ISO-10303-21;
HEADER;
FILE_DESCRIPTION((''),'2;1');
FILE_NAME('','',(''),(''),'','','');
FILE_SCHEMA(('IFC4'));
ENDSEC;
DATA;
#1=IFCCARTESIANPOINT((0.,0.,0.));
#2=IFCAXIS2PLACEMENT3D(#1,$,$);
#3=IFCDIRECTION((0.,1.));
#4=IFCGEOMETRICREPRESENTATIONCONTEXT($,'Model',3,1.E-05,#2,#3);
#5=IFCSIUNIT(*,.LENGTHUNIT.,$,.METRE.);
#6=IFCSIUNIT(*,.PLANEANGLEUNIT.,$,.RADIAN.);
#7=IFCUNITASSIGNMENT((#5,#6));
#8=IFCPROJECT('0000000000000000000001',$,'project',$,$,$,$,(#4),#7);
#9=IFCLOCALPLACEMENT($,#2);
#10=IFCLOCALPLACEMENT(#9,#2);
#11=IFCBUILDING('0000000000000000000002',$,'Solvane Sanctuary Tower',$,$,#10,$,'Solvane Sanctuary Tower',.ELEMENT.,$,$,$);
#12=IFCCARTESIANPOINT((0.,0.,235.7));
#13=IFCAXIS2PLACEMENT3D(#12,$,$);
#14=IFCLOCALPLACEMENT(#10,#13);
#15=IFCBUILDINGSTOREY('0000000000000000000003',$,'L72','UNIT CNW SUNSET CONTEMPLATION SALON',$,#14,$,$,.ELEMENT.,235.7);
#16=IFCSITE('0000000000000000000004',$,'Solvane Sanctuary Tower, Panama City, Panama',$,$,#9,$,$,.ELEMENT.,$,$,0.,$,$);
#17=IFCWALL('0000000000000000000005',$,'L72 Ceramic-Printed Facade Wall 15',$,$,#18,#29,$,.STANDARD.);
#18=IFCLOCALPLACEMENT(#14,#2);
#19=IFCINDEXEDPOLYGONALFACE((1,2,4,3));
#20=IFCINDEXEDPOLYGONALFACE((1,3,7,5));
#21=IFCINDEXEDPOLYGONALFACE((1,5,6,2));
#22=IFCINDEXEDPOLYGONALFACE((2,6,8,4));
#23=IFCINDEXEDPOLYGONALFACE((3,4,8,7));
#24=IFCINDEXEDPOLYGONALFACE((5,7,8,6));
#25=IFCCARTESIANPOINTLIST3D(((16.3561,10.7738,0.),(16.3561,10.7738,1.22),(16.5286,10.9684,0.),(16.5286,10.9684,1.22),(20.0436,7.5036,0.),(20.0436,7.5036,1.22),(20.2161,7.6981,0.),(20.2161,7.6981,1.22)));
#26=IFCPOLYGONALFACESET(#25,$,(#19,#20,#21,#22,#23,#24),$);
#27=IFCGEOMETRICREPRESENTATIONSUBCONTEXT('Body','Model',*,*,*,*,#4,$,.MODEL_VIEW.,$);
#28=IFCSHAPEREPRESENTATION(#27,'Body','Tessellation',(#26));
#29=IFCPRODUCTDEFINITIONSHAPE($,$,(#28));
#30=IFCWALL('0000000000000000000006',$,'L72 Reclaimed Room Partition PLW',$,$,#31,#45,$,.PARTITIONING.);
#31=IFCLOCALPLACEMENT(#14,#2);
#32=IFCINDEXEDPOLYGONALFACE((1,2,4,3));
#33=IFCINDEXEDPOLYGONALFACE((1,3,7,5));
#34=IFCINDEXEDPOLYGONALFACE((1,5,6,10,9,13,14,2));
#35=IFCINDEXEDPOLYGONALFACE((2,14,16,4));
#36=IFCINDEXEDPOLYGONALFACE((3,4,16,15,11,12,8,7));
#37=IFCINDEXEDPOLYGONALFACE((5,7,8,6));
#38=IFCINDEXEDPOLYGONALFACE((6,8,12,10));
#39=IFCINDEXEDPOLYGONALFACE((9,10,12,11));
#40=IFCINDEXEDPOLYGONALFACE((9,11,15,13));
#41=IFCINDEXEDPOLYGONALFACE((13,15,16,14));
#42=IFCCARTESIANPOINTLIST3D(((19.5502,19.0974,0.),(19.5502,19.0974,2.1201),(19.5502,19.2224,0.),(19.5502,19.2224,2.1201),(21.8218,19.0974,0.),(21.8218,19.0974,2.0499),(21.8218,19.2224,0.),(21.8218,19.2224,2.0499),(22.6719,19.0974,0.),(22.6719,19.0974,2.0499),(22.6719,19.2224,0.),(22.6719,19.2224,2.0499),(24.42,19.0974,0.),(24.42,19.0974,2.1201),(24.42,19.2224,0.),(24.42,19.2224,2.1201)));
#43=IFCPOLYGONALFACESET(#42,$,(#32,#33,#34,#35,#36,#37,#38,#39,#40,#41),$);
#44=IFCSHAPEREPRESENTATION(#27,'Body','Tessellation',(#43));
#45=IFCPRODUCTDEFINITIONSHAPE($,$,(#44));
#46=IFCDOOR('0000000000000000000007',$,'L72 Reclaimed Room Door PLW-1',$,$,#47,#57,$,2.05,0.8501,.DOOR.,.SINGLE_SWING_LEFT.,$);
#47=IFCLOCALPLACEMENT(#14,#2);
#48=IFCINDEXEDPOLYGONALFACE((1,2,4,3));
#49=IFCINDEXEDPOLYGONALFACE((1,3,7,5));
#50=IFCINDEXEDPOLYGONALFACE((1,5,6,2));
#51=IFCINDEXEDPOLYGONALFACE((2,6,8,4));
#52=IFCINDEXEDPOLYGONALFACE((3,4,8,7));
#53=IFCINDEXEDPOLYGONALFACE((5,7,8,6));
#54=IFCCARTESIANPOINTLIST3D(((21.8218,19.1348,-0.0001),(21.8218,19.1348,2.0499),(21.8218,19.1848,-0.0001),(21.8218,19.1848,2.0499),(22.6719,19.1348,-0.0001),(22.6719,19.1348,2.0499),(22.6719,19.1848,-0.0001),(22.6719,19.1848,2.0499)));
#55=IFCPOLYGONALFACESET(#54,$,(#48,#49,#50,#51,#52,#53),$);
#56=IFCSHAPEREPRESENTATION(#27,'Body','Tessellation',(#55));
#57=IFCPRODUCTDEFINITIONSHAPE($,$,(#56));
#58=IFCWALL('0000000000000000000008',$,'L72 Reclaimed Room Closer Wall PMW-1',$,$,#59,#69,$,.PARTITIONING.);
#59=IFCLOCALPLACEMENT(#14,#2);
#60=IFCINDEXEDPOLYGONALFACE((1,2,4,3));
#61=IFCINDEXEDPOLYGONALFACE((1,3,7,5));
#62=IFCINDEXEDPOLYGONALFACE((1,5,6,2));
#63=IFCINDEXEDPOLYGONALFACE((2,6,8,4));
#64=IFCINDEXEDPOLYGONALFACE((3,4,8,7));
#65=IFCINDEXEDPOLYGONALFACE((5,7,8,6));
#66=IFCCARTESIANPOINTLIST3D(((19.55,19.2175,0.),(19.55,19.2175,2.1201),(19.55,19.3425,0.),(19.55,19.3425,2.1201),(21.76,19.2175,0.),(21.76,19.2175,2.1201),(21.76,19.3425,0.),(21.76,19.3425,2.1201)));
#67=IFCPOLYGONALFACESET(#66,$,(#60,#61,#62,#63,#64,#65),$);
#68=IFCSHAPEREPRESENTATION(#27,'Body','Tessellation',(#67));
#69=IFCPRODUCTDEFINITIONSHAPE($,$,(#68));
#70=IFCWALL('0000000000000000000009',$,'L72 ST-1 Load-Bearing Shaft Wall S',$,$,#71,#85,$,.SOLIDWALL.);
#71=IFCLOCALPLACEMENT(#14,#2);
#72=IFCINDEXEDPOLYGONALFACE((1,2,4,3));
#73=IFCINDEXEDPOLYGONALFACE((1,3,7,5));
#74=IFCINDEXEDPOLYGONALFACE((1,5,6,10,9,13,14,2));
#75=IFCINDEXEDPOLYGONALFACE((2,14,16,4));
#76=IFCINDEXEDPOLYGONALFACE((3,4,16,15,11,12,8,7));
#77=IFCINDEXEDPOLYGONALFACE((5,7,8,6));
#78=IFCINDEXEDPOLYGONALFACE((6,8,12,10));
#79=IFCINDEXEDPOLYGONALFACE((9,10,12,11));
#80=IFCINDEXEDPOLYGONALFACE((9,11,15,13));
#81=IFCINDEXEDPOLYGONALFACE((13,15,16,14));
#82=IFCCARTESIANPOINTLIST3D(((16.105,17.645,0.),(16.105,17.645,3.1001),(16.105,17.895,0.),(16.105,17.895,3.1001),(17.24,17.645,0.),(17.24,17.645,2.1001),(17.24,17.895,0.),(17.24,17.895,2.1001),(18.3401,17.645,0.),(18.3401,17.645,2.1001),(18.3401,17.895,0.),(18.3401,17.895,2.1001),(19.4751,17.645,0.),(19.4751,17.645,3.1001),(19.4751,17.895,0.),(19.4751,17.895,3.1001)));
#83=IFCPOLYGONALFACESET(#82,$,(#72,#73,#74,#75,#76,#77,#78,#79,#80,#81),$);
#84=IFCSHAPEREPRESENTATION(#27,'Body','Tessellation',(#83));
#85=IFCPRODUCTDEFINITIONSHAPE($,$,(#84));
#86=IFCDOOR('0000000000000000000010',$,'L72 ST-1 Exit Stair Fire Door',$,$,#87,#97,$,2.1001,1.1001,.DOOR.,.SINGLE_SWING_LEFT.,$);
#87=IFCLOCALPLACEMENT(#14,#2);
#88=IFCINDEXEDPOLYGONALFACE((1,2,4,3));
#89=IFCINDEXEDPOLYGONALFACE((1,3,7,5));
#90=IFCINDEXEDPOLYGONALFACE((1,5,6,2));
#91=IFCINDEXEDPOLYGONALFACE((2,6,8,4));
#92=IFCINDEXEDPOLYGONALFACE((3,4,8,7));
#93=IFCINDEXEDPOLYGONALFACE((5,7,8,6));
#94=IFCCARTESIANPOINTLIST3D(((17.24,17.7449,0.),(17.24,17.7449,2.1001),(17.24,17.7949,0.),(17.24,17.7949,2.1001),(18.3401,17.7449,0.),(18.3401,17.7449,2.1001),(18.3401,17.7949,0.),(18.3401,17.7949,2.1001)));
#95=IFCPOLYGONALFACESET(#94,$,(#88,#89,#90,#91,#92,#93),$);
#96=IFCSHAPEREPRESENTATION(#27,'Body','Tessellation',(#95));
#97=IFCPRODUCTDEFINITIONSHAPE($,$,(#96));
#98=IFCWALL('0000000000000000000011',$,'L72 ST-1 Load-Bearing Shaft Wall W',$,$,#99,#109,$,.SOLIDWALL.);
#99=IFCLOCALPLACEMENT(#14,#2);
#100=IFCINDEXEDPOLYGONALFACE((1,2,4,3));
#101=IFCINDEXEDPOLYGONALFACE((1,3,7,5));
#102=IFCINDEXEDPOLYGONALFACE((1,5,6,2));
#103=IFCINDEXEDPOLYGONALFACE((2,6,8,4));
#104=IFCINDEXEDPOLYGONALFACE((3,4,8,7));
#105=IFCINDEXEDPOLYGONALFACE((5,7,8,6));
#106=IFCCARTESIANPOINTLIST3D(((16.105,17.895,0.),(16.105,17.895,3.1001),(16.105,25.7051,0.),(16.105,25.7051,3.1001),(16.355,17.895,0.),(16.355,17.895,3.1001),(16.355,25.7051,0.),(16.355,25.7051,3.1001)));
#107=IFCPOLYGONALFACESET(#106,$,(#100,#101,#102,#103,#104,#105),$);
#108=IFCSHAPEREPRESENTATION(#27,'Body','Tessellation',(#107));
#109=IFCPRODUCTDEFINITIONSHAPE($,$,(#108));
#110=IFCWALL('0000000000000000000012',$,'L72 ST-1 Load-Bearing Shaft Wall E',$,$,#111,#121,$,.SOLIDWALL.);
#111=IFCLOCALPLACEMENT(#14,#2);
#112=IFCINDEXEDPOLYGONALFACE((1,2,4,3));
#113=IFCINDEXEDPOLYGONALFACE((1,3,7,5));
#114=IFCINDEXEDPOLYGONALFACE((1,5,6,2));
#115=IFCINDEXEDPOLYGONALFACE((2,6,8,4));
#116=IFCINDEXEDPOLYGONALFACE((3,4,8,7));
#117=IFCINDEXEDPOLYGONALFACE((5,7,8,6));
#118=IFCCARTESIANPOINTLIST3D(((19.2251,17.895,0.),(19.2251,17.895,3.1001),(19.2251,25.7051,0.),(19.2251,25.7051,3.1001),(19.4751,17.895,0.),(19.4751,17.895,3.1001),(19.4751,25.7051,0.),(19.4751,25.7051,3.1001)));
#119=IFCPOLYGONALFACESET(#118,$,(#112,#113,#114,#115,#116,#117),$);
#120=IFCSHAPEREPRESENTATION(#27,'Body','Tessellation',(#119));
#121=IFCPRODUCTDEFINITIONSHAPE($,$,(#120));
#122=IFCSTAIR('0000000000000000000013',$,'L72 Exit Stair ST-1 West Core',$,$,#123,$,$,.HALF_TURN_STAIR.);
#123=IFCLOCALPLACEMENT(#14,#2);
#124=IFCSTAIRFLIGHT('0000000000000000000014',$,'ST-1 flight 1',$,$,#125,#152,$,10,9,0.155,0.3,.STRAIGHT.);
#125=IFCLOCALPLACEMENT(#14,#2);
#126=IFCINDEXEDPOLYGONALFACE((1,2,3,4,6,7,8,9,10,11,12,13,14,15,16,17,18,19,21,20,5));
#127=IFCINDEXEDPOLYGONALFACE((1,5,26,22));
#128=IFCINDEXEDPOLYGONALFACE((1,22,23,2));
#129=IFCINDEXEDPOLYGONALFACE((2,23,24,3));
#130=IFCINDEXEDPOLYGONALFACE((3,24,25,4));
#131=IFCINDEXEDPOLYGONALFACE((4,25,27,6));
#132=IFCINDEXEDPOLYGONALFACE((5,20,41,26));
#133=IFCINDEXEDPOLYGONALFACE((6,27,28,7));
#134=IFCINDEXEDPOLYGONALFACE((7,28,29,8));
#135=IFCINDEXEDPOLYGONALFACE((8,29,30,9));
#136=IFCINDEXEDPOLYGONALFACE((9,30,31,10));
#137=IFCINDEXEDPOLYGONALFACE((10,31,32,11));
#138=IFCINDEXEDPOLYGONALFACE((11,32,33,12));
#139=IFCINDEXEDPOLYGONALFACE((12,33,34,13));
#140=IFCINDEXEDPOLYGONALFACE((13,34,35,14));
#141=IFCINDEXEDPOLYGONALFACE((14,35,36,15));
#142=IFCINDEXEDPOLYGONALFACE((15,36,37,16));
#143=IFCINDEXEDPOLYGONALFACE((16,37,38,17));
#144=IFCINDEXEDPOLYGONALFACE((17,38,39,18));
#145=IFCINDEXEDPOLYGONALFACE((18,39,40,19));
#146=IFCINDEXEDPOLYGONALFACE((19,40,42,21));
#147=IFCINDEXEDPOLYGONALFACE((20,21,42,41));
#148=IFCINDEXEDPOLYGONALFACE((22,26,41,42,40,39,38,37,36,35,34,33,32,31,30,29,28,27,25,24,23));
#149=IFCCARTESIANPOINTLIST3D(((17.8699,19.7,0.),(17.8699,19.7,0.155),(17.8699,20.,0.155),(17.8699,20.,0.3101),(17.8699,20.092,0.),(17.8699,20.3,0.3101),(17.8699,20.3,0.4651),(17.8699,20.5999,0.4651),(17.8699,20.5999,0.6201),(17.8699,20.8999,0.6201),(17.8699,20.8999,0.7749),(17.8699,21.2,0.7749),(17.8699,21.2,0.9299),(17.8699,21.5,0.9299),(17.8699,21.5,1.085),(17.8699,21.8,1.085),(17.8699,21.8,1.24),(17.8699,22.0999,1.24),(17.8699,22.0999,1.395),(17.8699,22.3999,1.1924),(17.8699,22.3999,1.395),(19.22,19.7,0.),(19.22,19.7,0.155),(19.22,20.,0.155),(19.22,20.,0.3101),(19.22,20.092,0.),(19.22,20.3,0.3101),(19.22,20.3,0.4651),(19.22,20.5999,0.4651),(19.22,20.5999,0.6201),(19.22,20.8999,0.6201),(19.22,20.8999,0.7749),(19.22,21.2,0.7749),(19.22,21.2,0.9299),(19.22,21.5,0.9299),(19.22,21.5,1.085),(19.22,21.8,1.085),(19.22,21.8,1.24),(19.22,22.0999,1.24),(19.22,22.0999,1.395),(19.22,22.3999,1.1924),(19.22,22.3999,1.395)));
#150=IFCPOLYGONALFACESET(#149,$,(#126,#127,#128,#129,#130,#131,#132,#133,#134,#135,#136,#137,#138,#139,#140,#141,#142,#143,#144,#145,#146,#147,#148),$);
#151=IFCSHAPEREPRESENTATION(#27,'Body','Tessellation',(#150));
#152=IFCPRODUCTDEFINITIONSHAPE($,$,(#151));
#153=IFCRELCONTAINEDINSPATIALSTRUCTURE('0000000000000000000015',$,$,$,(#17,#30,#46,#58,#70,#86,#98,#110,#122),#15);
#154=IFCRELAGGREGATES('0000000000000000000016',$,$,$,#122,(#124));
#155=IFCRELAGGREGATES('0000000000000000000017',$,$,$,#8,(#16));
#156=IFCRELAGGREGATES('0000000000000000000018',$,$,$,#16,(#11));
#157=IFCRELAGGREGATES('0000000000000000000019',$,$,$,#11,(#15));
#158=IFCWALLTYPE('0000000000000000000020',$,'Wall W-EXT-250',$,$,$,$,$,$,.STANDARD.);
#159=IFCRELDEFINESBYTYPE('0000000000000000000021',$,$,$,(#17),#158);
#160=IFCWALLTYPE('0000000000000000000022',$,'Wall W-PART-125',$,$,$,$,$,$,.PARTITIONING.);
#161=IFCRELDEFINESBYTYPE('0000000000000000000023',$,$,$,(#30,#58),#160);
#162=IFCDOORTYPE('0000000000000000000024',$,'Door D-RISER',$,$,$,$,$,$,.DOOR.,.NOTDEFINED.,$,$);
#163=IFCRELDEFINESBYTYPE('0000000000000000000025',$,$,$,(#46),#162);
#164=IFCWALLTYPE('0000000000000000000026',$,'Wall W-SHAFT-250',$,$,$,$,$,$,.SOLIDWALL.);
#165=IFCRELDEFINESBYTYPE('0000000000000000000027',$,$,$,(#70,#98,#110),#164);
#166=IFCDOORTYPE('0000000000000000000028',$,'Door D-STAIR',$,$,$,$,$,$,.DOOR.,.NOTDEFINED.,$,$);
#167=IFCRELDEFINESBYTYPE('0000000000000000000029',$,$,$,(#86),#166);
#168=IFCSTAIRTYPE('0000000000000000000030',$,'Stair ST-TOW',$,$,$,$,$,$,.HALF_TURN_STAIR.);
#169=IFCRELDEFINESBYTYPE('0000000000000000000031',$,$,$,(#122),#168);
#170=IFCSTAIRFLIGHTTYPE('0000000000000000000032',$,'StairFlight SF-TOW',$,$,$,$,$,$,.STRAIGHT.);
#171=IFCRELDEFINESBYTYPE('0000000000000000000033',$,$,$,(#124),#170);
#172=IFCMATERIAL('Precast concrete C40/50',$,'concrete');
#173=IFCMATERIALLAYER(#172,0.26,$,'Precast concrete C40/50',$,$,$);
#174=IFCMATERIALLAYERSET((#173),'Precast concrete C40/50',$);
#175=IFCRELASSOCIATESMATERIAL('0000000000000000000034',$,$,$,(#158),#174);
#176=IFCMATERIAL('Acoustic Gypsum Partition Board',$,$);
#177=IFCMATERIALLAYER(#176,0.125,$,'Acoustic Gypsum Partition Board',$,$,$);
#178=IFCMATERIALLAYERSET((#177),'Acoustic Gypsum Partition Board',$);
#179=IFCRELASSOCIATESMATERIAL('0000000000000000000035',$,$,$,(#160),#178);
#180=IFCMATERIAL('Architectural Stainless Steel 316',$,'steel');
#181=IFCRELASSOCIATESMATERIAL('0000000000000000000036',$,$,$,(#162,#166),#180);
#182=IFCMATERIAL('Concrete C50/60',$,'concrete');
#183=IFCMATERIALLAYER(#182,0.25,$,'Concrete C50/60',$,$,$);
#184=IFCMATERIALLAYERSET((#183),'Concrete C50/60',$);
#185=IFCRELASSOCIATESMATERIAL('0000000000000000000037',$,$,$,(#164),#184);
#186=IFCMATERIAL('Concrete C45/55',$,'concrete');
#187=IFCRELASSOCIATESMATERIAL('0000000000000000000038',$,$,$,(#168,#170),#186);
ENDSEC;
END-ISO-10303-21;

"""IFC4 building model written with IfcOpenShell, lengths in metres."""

from ifc_helpers import new_model, si_unit, direction, frame, frame_2d, origin, place, context, subcontext, project, spatial, polyline, rectangle, outline, extrude, material, layer, layer_set, type_object, element, fill, aggregate, save


model = new_model("IFC4")

# Units and contexts
model_context = context("Model", 3, precision=1e-05, world=origin(), true_north=direction((0.0, 1.0)))
body_context = subcontext(model_context, "Body", "Model", "MODEL_VIEW")
ifc_project = project(units=[si_unit("LENGTHUNIT", "METRE"), si_unit("PLANEANGLEUNIT", "RADIAN")], contexts=[model_context])

# Site, building, storey
site_placement = place(None, origin())
site = spatial("IfcSite", under=ifc_project, at=site_placement, Name="Solvane Sanctuary Tower, Panama City, Panama", CompositionType="ELEMENT", RefElevation=0.0)
building_placement = place(site_placement, origin())
building = spatial("IfcBuilding", under=site, at=building_placement, Name="Solvane Sanctuary Tower", LongName="Solvane Sanctuary Tower", CompositionType="ELEMENT")
storey_placement = place(building_placement, frame((0.0, 0.0, 235.7)))
storey = spatial("IfcBuildingStorey", under=building, at=storey_placement, Name="L72", Description="UNIT CNW SUNSET CONTEMPLATION SALON", CompositionType="ELEMENT", Elevation=235.7)

# Shared definitions
ifc_material_1 = material(Name="Concrete C50/60", Category="concrete")

# Shared definitions
ifc_material_2 = material(Name="Acoustic Gypsum Partition Board")

# Wall
ifc_material_3 = material(Name="Precast concrete C40/50", Category="concrete")
ifc_layer_1 = layer(ifc_material_3, 0.26, Name="Precast concrete C40/50")
ifc_layer_set_1 = layer_set([ifc_layer_1], Name="Precast concrete C40/50")
wall_type_1 = type_object("IfcWallType", Name="Wall W-EXT-250", PredefinedType="STANDARD", material=ifc_layer_set_1)
wall_1_placement = place(storey_placement, frame((16.4424, 10.8711, 0.0), z_axis=(0.0, 0.0, 1.0), x_axis=(0.748166, -0.663512, 0.0)))
element("IfcWall", 1, at=wall_1_placement, inside=storey, type_object=wall_type_1, Name="L72 Ceramic-Printed Facade Wall 15", PredefinedType="STANDARD", context=body_context, shape_type="SweptSolid", body=[
    extrude(rectangle(XDim=4.9287, YDim=0.26, at=frame_2d((2.4644, 0.0))), origin(), (0.0, 0.0, 1.0), 1.22),
])

# Wall, opening, door
ifc_layer_2 = layer(ifc_material_2, 0.125, Name="Acoustic Gypsum Partition Board")
ifc_layer_set_2 = layer_set([ifc_layer_2], Name="Acoustic Gypsum Partition Board")
wall_type_2 = type_object("IfcWallType", Name="Wall W-PART-125", PredefinedType="PARTITIONING", material=ifc_layer_set_2)
wall_2_placement = place(storey_placement, frame((19.55, 19.1599, 0.0), z_axis=(0.0, 0.0, 1.0), x_axis=(1.0, 0.0, 0.0)))
wall_2 = element("IfcWall", 2, at=wall_2_placement, inside=storey, type_object=wall_type_2, Name="L72 Reclaimed Room Partition PLW", PredefinedType="PARTITIONING", context=body_context, shape_type="SweptSolid", body=[
    extrude(rectangle(XDim=4.8699, YDim=0.125, at=frame_2d((2.4351, 0.0))), origin(), (0.0, 0.0, 1.0), 2.1201),
])
opening_1_placement = place(wall_2_placement, frame((2.2717, 0.0, 0.0)))
opening_1 = element("IfcOpeningElement", 3, at=opening_1_placement, cuts=wall_2, PredefinedType="OPENING", context=body_context, shape_type="SweptSolid", body=[
    extrude(rectangle(XDim=0.8501, YDim=2.05, at=frame_2d((0.425, 1.0249))), frame((0.0, 0.0725, 0.0), z_axis=(0.0, -1.0, 0.0), x_axis=(1.0, 0.0, 0.0)), (0.0, 0.0, 1.0), 0.145),
])
ifc_material_4 = material(Name="Architectural Stainless Steel 316", Category="steel")
door_type_1 = type_object("IfcDoorType", Name="Door D-RISER", OperationType="NOTDEFINED", PredefinedType="DOOR", material=ifc_material_4)
door_1_placement = place(opening_1_placement, origin())
door_1 = element("IfcDoor", 4, at=door_1_placement, inside=storey, type_object=door_type_1, Name="L72 Reclaimed Room Door PLW-1", OperationType="SINGLE_SWING_LEFT", OverallHeight=2.05, OverallWidth=0.8501, PredefinedType="DOOR", context=body_context, shape_type="SweptSolid", body=[
    extrude(rectangle(XDim=0.8501, YDim=2.05, at=frame_2d((0.425, 1.0249))), frame((0.0, 0.0249, 0.0), z_axis=(0.0, -1.0, 0.0), x_axis=(1.0, 0.0, 0.0)), (0.0, 0.0, 1.0), 0.05),
])
fill(opening_1, door_1)

# Wall
wall_3_placement = place(storey_placement, frame((19.55, 19.28, 0.0), z_axis=(0.0, 0.0, 1.0), x_axis=(1.0, 0.0, 0.0)))
element("IfcWall", 5, at=wall_3_placement, inside=storey, type_object=wall_type_2, Name="L72 Reclaimed Room Closer Wall PMW-1", PredefinedType="PARTITIONING", context=body_context, shape_type="SweptSolid", body=[
    extrude(rectangle(XDim=2.21, YDim=0.125, at=frame_2d((1.105, 0.0))), origin(), (0.0, 0.0, 1.0), 2.1201),
])

# Wall, opening, door
ifc_layer_3 = layer(ifc_material_1, 0.25, Name="Concrete C50/60")
ifc_layer_set_3 = layer_set([ifc_layer_3], Name="Concrete C50/60")
wall_type_3 = type_object("IfcWallType", Name="Wall W-SHAFT-250", PredefinedType="SOLIDWALL", material=ifc_layer_set_3)
wall_4_placement = place(storey_placement, frame((16.105, 17.77, 0.0), z_axis=(0.0, 0.0, 1.0), x_axis=(1.0, 0.0, 0.0)))
wall_4 = element("IfcWall", 6, at=wall_4_placement, inside=storey, type_object=wall_type_3, Name="L72 ST-1 Load-Bearing Shaft Wall S", PredefinedType="SOLIDWALL", context=body_context, shape_type="SweptSolid", body=[
    extrude(rectangle(XDim=3.3701, YDim=0.25, at=frame_2d((1.6851, 0.0))), origin(), (0.0, 0.0, 1.0), 3.1001),
])
opening_2_placement = place(wall_4_placement, frame((1.135, 0.0, 0.0)))
opening_2 = element("IfcOpeningElement", 7, at=opening_2_placement, cuts=wall_4, PredefinedType="OPENING", context=body_context, shape_type="SweptSolid", body=[
    extrude(rectangle(XDim=1.1001, YDim=2.1001, at=frame_2d((0.55, 1.05))), frame((0.0, 0.135, 0.0), z_axis=(0.0, -1.0, 0.0), x_axis=(1.0, 0.0, 0.0)), (0.0, 0.0, 1.0), 0.27),
])
door_type_2 = type_object("IfcDoorType", Name="Door D-STAIR", OperationType="NOTDEFINED", PredefinedType="DOOR", material=ifc_material_4)
door_2_placement = place(opening_2_placement, origin())
door_2 = element("IfcDoor", 8, at=door_2_placement, inside=storey, type_object=door_type_2, Name="L72 ST-1 Exit Stair Fire Door", OperationType="SINGLE_SWING_LEFT", OverallHeight=2.1001, OverallWidth=1.1001, PredefinedType="DOOR", context=body_context, shape_type="SweptSolid", body=[
    extrude(rectangle(XDim=1.1001, YDim=2.1001, at=frame_2d((0.55, 1.05))), frame((0.0, 0.0249, 0.0), z_axis=(0.0, -1.0, 0.0), x_axis=(1.0, 0.0, 0.0)), (0.0, 0.0, 1.0), 0.05),
])
fill(opening_2, door_2)

# Walls
for number, where, z_axis, x_axis, name in (
    (9, (16.23, 17.895, 0.0), (0.0, 0.0, 1.0), (0.0, 1.0, 0.0), "L72 ST-1 Load-Bearing Shaft Wall W"),
    (10, (19.3501, 17.895, 0.0), (0.0, 0.0, 1.0), (0.0, 1.0, 0.0), "L72 ST-1 Load-Bearing Shaft Wall E"),
):
    element("IfcWall", number, at=place(storey_placement, frame(where, z_axis=z_axis, x_axis=x_axis)), inside=storey, type_object=wall_type_3, Name=name, PredefinedType="SOLIDWALL", context=body_context, shape_type="SweptSolid", body=[
        extrude(rectangle(XDim=7.8101, YDim=0.25, at=frame_2d((3.905, 0.0))), origin(), (0.0, 0.0, 1.0), 3.1001),
    ])

# Stair, stair flight
ifc_material_5 = material(Name="Concrete C45/55", Category="concrete")
stair_type = type_object("IfcStairType", Name="Stair ST-TOW", PredefinedType="HALF_TURN_STAIR", material=ifc_material_5)
stair_placement = place(storey_placement, origin())
stair = element("IfcStair", 11, at=stair_placement, inside=storey, type_object=stair_type, Name="L72 Exit Stair ST-1 West Core", PredefinedType="HALF_TURN_STAIR")
stair_flight_type = type_object("IfcStairFlightType", Name="StairFlight SF-TOW", PredefinedType="STRAIGHT", material=ifc_material_5)
stair_flight_placement = place(storey_placement, frame((18.5449, 19.7, 0.0), z_axis=(0.0, 0.0, 1.0), x_axis=(0.0, 1.0, 0.0)))
stair_flight = element("IfcStairFlight", 12, at=stair_flight_placement, type_object=stair_flight_type, Name="ST-1 flight 1", NumberOfRisers=10, NumberOfTreads=9, PredefinedType="STRAIGHT", RiserHeight=0.155, TreadLength=0.3, context=body_context, shape_type="SweptSolid", body=[
    extrude(outline(polyline([(0.0, 0.0), (0.0, 0.155), (0.3, 0.155), (0.3, 0.3101), (0.6001, 0.3101), (0.6001, 0.4651), (0.8999, 0.4651), (0.8999, 0.6201), (1.2, 0.6201), (1.2, 0.7749), (1.5, 0.7749), (1.5, 0.9299), (1.8, 0.9299), (1.8, 1.085), (2.1001, 1.085), (2.1001, 1.24), (2.3999, 1.24), (2.3999, 1.395), (2.7, 1.395), (2.7, 1.55), (2.7, 1.1924), (0.3921, 0.0), (0.0, 0.0)])), frame((0.0, 0.675, 0.0), z_axis=(0.0, -1.0, 0.0), x_axis=(1.0, 0.0, 0.0)), (0.0, 0.0, 1.0), 1.3501),
])
aggregate(stair, [stair_flight])

save(model, "model.ifc")
